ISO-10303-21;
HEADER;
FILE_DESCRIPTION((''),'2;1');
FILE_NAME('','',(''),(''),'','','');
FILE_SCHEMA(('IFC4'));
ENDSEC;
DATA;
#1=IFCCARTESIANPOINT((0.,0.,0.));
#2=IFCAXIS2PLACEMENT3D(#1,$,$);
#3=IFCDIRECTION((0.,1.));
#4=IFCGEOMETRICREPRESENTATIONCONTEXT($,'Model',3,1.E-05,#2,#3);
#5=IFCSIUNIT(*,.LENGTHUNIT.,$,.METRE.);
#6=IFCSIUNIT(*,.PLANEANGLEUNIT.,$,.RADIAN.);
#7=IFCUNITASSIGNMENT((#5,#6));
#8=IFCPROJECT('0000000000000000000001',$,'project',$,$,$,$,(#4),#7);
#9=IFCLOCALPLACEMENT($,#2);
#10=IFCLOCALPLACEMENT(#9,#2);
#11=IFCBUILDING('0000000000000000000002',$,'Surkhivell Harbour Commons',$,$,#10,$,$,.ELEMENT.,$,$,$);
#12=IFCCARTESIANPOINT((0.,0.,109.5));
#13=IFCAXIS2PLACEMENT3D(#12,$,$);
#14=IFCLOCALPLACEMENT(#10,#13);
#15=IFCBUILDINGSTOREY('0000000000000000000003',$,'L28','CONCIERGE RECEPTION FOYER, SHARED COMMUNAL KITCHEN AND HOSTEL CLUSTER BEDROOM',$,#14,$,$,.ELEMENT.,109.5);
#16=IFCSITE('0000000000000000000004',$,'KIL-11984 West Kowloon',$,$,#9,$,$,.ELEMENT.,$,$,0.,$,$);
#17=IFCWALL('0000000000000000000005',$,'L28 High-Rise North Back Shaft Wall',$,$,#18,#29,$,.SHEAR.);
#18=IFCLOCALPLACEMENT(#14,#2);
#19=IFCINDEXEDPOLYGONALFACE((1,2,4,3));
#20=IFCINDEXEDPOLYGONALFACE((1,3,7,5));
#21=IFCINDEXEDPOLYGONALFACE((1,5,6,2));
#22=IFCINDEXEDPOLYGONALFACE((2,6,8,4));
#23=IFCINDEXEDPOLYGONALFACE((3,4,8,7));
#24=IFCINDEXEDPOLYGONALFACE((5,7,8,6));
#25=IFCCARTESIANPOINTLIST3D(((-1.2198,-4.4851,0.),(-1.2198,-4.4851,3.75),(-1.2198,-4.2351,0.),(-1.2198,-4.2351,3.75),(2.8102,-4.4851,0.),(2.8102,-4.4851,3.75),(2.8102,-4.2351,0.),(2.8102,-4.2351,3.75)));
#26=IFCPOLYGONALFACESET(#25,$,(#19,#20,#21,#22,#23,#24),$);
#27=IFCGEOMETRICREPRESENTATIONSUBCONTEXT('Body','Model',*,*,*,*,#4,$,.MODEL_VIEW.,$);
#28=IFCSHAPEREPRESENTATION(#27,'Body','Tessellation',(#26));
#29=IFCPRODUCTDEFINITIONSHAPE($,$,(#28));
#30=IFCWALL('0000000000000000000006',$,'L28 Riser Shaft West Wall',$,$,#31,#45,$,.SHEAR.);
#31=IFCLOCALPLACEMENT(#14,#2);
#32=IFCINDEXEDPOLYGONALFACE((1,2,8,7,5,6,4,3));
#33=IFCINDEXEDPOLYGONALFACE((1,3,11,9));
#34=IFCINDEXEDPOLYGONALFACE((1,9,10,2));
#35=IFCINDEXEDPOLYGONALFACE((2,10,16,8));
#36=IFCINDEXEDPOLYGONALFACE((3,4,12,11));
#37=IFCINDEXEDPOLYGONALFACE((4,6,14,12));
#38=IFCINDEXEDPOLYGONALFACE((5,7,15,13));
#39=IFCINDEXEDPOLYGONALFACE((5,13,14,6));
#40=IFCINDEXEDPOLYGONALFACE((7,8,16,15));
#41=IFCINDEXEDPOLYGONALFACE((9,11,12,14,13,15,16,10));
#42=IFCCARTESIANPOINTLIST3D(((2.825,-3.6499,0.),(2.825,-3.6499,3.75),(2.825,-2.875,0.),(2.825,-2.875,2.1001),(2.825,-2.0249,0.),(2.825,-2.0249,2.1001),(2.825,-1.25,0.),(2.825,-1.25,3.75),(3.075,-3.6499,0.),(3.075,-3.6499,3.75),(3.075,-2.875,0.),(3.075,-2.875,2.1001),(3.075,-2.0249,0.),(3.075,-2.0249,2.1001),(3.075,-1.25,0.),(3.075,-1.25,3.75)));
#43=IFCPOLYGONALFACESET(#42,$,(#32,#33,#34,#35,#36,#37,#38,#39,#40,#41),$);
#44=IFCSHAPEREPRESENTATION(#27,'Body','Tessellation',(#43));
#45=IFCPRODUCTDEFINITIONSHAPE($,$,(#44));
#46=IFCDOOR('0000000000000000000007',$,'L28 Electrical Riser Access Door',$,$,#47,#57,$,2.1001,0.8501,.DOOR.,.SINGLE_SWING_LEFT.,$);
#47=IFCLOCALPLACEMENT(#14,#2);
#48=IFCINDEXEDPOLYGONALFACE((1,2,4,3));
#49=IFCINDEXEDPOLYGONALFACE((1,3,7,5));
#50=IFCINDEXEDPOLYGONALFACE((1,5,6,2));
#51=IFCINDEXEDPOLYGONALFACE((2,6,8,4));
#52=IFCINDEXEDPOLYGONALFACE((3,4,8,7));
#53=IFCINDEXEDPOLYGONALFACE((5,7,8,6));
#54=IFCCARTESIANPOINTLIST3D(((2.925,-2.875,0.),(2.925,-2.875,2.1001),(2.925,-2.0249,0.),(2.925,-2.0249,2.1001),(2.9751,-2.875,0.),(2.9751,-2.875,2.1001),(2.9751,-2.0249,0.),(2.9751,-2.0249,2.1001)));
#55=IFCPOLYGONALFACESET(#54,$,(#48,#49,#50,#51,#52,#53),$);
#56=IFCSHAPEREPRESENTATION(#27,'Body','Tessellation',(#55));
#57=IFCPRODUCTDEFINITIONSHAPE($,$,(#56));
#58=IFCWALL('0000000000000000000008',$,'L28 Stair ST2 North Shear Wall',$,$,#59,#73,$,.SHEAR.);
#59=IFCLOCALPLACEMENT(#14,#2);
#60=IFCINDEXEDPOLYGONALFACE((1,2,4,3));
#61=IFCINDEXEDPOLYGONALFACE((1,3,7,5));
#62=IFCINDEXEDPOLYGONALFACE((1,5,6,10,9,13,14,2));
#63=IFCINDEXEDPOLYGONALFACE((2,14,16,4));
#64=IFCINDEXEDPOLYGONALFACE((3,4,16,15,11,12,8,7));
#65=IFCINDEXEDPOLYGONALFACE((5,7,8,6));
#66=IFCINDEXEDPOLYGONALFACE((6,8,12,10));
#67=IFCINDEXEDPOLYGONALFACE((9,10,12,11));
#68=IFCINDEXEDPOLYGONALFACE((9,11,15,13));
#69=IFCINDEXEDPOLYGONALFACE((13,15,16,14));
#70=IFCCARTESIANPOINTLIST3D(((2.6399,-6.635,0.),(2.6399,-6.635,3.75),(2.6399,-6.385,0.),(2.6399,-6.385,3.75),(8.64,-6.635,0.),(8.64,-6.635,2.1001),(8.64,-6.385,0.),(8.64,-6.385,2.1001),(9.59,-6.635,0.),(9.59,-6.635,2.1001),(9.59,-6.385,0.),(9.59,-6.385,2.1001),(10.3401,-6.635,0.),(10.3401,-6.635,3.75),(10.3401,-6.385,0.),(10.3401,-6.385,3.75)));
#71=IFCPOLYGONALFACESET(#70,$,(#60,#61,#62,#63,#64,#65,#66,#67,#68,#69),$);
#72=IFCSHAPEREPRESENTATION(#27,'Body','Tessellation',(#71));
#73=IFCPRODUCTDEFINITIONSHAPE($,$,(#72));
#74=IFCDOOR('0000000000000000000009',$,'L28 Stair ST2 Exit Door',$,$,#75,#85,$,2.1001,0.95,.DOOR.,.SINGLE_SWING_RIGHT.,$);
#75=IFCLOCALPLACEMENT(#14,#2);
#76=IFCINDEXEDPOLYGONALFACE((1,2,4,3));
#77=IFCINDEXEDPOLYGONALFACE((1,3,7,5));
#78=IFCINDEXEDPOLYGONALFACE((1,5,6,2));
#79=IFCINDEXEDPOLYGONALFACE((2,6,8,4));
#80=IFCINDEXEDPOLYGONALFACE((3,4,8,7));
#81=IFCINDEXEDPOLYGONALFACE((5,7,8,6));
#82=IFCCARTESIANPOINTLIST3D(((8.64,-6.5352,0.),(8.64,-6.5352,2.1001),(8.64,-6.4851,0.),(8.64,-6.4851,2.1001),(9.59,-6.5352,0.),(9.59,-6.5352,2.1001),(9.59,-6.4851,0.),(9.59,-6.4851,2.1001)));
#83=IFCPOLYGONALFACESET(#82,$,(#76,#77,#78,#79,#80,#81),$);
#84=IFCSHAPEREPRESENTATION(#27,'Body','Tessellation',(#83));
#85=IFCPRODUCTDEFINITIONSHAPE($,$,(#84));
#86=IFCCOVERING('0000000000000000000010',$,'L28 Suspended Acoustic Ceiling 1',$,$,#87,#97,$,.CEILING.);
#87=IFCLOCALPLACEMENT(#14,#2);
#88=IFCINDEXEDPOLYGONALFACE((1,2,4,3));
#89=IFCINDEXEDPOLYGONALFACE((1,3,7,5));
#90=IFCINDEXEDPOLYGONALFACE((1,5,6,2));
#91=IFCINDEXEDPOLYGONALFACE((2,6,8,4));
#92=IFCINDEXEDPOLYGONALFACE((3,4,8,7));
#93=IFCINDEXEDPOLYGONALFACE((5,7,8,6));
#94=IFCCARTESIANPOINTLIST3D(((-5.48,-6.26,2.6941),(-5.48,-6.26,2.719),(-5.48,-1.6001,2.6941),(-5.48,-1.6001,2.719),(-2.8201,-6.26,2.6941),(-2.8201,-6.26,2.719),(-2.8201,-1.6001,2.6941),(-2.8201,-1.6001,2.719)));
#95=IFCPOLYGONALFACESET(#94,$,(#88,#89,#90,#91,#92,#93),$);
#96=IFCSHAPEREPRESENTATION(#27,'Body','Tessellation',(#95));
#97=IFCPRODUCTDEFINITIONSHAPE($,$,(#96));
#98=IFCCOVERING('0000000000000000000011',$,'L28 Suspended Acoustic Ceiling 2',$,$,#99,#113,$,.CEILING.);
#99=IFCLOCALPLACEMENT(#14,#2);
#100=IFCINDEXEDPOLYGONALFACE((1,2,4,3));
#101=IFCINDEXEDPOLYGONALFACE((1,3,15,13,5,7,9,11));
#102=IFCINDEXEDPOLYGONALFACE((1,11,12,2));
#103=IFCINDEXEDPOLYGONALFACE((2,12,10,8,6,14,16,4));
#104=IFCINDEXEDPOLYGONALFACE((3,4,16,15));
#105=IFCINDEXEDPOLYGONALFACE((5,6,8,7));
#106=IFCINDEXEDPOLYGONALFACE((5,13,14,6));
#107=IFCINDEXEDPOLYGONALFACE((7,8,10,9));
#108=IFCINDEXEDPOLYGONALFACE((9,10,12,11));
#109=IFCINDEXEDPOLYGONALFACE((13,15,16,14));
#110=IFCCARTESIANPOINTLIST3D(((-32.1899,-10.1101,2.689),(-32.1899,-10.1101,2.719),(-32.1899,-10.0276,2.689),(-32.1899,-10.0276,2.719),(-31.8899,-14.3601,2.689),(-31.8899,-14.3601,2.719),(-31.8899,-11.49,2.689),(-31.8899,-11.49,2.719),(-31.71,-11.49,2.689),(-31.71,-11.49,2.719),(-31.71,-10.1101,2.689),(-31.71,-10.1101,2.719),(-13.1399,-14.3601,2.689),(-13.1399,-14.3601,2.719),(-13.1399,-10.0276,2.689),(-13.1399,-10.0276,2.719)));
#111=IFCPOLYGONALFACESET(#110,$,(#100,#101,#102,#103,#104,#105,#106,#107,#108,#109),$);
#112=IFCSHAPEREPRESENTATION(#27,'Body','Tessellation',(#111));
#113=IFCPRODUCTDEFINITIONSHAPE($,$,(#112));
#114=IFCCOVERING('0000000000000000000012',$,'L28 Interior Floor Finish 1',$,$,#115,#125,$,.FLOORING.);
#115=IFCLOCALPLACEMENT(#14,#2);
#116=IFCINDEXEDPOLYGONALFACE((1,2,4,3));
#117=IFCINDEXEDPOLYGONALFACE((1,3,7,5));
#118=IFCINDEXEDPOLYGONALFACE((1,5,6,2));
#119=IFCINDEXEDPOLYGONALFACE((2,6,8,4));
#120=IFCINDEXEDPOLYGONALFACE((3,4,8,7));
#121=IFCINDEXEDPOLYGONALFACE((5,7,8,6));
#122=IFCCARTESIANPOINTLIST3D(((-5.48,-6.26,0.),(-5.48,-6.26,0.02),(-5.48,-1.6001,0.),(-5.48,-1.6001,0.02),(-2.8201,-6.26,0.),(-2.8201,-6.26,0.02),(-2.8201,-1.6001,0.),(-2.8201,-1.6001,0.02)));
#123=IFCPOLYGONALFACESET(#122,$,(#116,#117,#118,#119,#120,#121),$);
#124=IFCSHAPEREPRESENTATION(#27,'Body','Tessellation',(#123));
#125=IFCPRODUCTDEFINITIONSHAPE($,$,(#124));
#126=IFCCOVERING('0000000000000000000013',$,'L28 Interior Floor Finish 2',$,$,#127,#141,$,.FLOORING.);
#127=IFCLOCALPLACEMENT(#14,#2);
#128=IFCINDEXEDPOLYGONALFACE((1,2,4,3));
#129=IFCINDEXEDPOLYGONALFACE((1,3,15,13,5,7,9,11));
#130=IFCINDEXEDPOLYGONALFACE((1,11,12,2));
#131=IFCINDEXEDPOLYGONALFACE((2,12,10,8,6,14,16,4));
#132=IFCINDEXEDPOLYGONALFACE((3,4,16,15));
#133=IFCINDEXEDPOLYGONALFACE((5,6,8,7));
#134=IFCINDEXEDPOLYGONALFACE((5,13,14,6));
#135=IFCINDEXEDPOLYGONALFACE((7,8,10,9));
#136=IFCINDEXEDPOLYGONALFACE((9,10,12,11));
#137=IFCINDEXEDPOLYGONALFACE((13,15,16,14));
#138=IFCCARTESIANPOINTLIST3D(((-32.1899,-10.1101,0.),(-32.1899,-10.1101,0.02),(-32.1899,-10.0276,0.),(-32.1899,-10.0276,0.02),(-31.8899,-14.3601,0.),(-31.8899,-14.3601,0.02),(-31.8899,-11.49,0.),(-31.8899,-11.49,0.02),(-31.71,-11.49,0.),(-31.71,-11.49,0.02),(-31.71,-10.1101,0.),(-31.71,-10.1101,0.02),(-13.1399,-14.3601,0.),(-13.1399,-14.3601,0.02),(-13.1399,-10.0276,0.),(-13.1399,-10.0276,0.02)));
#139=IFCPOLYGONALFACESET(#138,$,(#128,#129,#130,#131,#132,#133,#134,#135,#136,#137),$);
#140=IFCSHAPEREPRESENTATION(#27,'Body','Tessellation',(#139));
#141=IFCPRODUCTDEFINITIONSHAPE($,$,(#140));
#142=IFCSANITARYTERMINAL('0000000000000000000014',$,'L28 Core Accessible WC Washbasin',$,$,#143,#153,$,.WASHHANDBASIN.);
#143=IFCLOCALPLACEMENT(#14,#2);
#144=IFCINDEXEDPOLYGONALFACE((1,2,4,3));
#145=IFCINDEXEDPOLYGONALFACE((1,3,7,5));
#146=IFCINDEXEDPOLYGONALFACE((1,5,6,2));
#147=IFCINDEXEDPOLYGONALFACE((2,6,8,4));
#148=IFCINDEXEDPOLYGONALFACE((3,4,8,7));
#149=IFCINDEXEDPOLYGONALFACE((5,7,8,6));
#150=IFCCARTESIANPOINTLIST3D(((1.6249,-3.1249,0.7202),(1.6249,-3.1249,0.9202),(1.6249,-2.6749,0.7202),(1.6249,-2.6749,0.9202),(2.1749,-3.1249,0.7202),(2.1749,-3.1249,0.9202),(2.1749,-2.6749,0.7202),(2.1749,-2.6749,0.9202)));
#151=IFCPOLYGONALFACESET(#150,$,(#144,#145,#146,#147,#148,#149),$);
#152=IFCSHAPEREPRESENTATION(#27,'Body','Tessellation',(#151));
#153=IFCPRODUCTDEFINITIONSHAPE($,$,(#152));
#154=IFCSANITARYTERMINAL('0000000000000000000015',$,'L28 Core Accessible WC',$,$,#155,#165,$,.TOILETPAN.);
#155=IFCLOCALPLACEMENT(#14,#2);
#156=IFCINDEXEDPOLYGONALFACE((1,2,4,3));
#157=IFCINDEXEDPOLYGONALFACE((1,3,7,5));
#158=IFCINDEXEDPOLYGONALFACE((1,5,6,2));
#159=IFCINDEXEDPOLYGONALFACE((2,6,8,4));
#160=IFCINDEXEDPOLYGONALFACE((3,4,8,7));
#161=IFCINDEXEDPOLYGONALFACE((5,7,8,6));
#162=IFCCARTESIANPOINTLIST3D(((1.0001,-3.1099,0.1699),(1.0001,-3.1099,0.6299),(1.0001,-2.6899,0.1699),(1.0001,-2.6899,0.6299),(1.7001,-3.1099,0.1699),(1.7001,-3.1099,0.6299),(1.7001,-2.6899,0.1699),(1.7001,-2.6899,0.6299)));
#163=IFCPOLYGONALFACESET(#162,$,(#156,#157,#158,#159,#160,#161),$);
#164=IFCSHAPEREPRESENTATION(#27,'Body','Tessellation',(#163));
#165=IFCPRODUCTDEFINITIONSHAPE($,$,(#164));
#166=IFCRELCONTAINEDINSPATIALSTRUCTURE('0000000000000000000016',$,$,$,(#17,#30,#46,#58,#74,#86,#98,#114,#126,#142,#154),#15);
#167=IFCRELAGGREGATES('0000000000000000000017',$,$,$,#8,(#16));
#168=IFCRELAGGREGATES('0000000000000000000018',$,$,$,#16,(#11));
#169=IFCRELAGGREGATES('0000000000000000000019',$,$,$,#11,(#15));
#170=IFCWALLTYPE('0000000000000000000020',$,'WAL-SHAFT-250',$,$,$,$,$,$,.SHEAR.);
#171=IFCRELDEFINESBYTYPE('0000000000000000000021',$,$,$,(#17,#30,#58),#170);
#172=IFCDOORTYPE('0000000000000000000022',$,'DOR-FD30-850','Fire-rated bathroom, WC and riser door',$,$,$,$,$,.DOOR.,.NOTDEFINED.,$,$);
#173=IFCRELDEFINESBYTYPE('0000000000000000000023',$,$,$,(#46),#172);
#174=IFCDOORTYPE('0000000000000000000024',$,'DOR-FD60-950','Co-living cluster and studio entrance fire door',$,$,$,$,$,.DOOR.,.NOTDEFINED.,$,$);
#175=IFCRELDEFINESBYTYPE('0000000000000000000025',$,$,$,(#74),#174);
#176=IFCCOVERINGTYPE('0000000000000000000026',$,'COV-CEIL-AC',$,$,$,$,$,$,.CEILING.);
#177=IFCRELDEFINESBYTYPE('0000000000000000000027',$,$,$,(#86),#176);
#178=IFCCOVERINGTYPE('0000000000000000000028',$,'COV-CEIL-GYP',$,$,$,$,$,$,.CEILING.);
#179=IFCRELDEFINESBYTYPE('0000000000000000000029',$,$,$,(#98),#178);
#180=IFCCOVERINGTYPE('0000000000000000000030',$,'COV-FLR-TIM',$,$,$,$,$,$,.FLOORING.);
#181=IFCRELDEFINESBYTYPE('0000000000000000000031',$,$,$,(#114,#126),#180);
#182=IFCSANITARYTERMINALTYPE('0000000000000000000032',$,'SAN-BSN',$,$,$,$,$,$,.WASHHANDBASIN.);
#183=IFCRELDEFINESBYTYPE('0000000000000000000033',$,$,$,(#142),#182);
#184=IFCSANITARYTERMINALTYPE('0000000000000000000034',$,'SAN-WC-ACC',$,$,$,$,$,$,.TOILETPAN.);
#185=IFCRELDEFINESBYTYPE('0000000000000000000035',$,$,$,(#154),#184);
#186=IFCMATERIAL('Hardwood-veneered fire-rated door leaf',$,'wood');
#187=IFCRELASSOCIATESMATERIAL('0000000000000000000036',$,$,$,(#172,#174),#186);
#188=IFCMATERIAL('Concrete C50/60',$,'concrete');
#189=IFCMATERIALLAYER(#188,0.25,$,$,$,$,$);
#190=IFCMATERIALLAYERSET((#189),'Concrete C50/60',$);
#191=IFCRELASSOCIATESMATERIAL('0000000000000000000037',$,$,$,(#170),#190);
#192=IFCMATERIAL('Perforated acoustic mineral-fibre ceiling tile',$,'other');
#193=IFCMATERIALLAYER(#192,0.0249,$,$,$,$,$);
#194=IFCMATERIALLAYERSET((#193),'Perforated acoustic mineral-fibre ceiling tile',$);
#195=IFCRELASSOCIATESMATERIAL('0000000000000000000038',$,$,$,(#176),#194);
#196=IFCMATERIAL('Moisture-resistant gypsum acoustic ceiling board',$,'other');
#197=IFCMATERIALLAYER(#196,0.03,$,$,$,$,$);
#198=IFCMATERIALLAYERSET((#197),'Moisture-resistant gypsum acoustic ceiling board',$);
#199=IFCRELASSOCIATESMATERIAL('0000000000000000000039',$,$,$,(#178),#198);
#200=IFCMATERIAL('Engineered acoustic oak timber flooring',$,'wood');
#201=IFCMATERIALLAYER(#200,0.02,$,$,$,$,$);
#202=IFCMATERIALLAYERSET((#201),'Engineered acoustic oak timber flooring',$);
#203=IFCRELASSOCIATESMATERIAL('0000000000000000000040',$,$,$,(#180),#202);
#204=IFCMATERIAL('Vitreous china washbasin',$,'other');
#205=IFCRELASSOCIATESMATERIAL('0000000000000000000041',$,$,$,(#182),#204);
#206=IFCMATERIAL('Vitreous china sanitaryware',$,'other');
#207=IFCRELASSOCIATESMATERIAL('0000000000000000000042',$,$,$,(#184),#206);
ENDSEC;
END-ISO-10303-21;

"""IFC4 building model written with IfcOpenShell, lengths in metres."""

from ifc_helpers import new_model, si_unit, direction, frame, frame_2d, origin, origin_2d, place, context, subcontext, project, spatial, polyline, rectangle, outline, extrude, material, layer, layer_set, type_object, element, fill, save


model = new_model("IFC4")

# Units and contexts
model_context = context("Model", 3, precision=1e-05, world=origin(), true_north=direction((0.0, 1.0)))
body_context = subcontext(model_context, "Body", "Model", "MODEL_VIEW")
ifc_project = project(units=[si_unit("LENGTHUNIT", "METRE"), si_unit("PLANEANGLEUNIT", "RADIAN")], contexts=[model_context])

# Site, building, storey
site_placement = place(None, origin())
site = spatial("IfcSite", under=ifc_project, at=site_placement, Name="KIL-11984 West Kowloon", CompositionType="ELEMENT", RefElevation=0.0)
building_placement = place(site_placement, origin())
building = spatial("IfcBuilding", under=site, at=building_placement, Name="Surkhivell Harbour Commons", CompositionType="ELEMENT")
storey_placement = place(building_placement, frame((0.0, 0.0, 109.5)))
storey = spatial("IfcBuildingStorey", under=building, at=storey_placement, Name="L28", Description="CONCIERGE RECEPTION FOYER, SHARED COMMUNAL KITCHEN AND HOSTEL CLUSTER BEDROOM", CompositionType="ELEMENT", Elevation=109.5)

# Shared definitions
ifc_material_1 = material(Name="Hardwood-veneered fire-rated door leaf", Category="wood")
door_type_1 = type_object("IfcDoorType", Name="DOR-FD30-850", Description="Fire-rated bathroom, WC and riser door", OperationType="NOTDEFINED", PredefinedType="DOOR", material=ifc_material_1)

# Wall
ifc_material_2 = material(Name="Concrete C50/60", Category="concrete")
ifc_layer_1 = layer(ifc_material_2, 0.25)
ifc_layer_set_1 = layer_set([ifc_layer_1], Name="Concrete C50/60")
wall_type_1 = type_object("IfcWallType", Name="WAL-SHAFT-250", PredefinedType="SHEAR", material=ifc_layer_set_1)
wall_1_placement = place(storey_placement, frame((-1.22, -4.3601, 0.0), z_axis=(0.0, 0.0, 1.0), x_axis=(1.0, 0.0, 0.0)))
element("IfcWall", 1, at=wall_1_placement, inside=storey, type_object=wall_type_1, Name="L28 High-Rise North Back Shaft Wall", PredefinedType="SHEAR", context=body_context, shape_type="SweptSolid", body=[
    extrude(rectangle(XDim=4.03, YDim=0.25, at=frame_2d((2.0151, 0.0))), origin(), (0.0, 0.0, 1.0), 3.75),
])

# Walls, openings, doors
wall_2_placement = place(storey_placement, frame((2.95, -3.6499, 0.0), z_axis=(0.0, 0.0, 1.0), x_axis=(0.0, 1.0, 0.0)))
wall_2 = element("IfcWall", 2, at=wall_2_placement, inside=storey, type_object=wall_type_1, Name="L28 Riser Shaft West Wall", PredefinedType="SHEAR", context=body_context, shape_type="SweptSolid", body=[
    extrude(rectangle(XDim=2.3999, YDim=0.25, at=frame_2d((1.2, 0.0))), origin(), (0.0, 0.0, 1.0), 3.75),
])
opening_1_placement = place(wall_2_placement, frame((0.7749, 0.0, 0.0)))
opening_1 = element("IfcOpeningElement", 3, at=opening_1_placement, cuts=wall_2, PredefinedType="OPENING", context=body_context, shape_type="SweptSolid", body=[
    extrude(rectangle(XDim=0.8501, YDim=2.1001, at=frame_2d((0.425, 1.05))), frame((0.0, 0.135, 0.0), z_axis=(0.0, -1.0, 0.0), x_axis=(1.0, 0.0, 0.0)), (0.0, 0.0, 1.0), 0.27),
])
door_1_placement = place(opening_1_placement, origin())
door_1 = element("IfcDoor", 4, at=door_1_placement, inside=storey, type_object=door_type_1, Name="L28 Electrical Riser Access Door", OperationType="SINGLE_SWING_LEFT", OverallHeight=2.1001, OverallWidth=0.8501, PredefinedType="DOOR", context=body_context, shape_type="SweptSolid", body=[
    extrude(rectangle(XDim=0.8501, YDim=2.1001, at=frame_2d((0.425, 1.05))), frame((0.0, 0.0249, 0.0), z_axis=(0.0, -1.0, 0.0), x_axis=(1.0, 0.0, 0.0)), (0.0, 0.0, 1.0), 0.05),
])
fill(opening_1, door_1)
wall_3_placement = place(storey_placement, frame((2.6399, -6.51, 0.0), z_axis=(0.0, 0.0, 1.0), x_axis=(1.0, 0.0, 0.0)))
wall_3 = element("IfcWall", 5, at=wall_3_placement, inside=storey, type_object=wall_type_1, Name="L28 Stair ST2 North Shear Wall", PredefinedType="SHEAR", context=body_context, shape_type="SweptSolid", body=[
    extrude(rectangle(XDim=7.7002, YDim=0.25, at=frame_2d((3.8501, 0.0))), origin(), (0.0, 0.0, 1.0), 3.75),
])
opening_2_placement = place(wall_3_placement, frame((6.0, 0.0, 0.0)))
opening_2 = element("IfcOpeningElement", 6, at=opening_2_placement, cuts=wall_3, PredefinedType="OPENING", context=body_context, shape_type="SweptSolid", body=[
    extrude(rectangle(XDim=0.95, YDim=2.1001, at=frame_2d((0.4751, 1.05))), frame((0.0, 0.135, 0.0), z_axis=(0.0, -1.0, 0.0), x_axis=(1.0, 0.0, 0.0)), (0.0, 0.0, 1.0), 0.27),
])
door_type_2 = type_object("IfcDoorType", Name="DOR-FD60-950", Description="Co-living cluster and studio entrance fire door", OperationType="NOTDEFINED", PredefinedType="DOOR", material=ifc_material_1)
door_2_placement = place(opening_2_placement, origin())
door_2 = element("IfcDoor", 7, at=door_2_placement, inside=storey, type_object=door_type_2, Name="L28 Stair ST2 Exit Door", OperationType="SINGLE_SWING_RIGHT", OverallHeight=2.1001, OverallWidth=0.95, PredefinedType="DOOR", context=body_context, shape_type="SweptSolid", body=[
    extrude(rectangle(XDim=0.95, YDim=2.1001, at=frame_2d((0.4751, 1.05))), frame((0.0, 0.0249, 0.0), z_axis=(0.0, -1.0, 0.0), x_axis=(1.0, 0.0, 0.0)), (0.0, 0.0, 1.0), 0.05),
])
fill(opening_2, door_2)

# Coverings
ifc_material_3 = material(Name="Perforated acoustic mineral-fibre ceiling tile", Category="other")
ifc_layer_2 = layer(ifc_material_3, 0.0249)
ifc_layer_set_2 = layer_set([ifc_layer_2], Name="Perforated acoustic mineral-fibre ceiling tile")
covering_type_1 = type_object("IfcCoveringType", Name="COV-CEIL-AC", PredefinedType="CEILING", material=ifc_layer_set_2)
covering_1_placement = place(storey_placement, frame((0.0, 0.0, 2.6941)))
element("IfcCovering", 8, at=covering_1_placement, inside=storey, type_object=covering_type_1, Name="L28 Suspended Acoustic Ceiling 1", PredefinedType="CEILING", context=body_context, shape_type="SweptSolid", body=[
    extrude(outline(polyline([(-5.48, -6.26), (-2.8201, -6.26), (-2.8201, -1.6001), (-5.48, -1.6001), (-5.48, -6.26)])), origin(), (0.0, 0.0, 1.0), 0.0249),
])
ifc_material_4 = material(Name="Moisture-resistant gypsum acoustic ceiling board", Category="other")
ifc_layer_3 = layer(ifc_material_4, 0.03)
ifc_layer_set_3 = layer_set([ifc_layer_3], Name="Moisture-resistant gypsum acoustic ceiling board")
covering_type_2 = type_object("IfcCoveringType", Name="COV-CEIL-GYP", PredefinedType="CEILING", material=ifc_layer_set_3)
covering_2_placement = place(storey_placement, frame((0.0, 0.0, 2.689)))
element("IfcCovering", 9, at=covering_2_placement, inside=storey, type_object=covering_type_2, Name="L28 Suspended Acoustic Ceiling 2", PredefinedType="CEILING", context=body_context, shape_type="SweptSolid", body=[
    extrude(outline(polyline([(-13.1399, -14.3601), (-13.1399, -10.0276), (-32.1899, -10.0276), (-32.1899, -10.1101), (-31.71, -10.1101), (-31.71, -11.49), (-31.8899, -11.49), (-31.8899, -14.3601), (-13.1399, -14.3601)])), origin(), (0.0, 0.0, 1.0), 0.03),
])
ifc_material_5 = material(Name="Engineered acoustic oak timber flooring", Category="wood")
ifc_layer_4 = layer(ifc_material_5, 0.02)
ifc_layer_set_4 = layer_set([ifc_layer_4], Name="Engineered acoustic oak timber flooring")
covering_type_3 = type_object("IfcCoveringType", Name="COV-FLR-TIM", PredefinedType="FLOORING", material=ifc_layer_set_4)
covering_3_placement = place(storey_placement, origin())
element("IfcCovering", 10, at=covering_3_placement, inside=storey, type_object=covering_type_3, Name="L28 Interior Floor Finish 1", PredefinedType="FLOORING", context=body_context, shape_type="SweptSolid", body=[
    extrude(outline(polyline([(-5.48, -6.26), (-2.8201, -6.26), (-2.8201, -1.6001), (-5.48, -1.6001), (-5.48, -6.26)])), origin(), (0.0, 0.0, 1.0), 0.02),
])
covering_4_placement = place(storey_placement, origin())
element("IfcCovering", 11, at=covering_4_placement, inside=storey, type_object=covering_type_3, Name="L28 Interior Floor Finish 2", PredefinedType="FLOORING", context=body_context, shape_type="SweptSolid", body=[
    extrude(outline(polyline([(-13.1399, -14.3601), (-13.1399, -10.0276), (-32.1899, -10.0276), (-32.1899, -10.1101), (-31.71, -10.1101), (-31.71, -11.49), (-31.8899, -11.49), (-31.8899, -14.3601), (-13.1399, -14.3601)])), origin(), (0.0, 0.0, 1.0), 0.02),
])

# Sanitary terminals
ifc_material_6 = material(Name="Vitreous china washbasin", Category="other")
sanitary_terminal_type_1 = type_object("IfcSanitaryTerminalType", Name="SAN-BSN", PredefinedType="WASHHANDBASIN", material=ifc_material_6)
sanitary_terminal_1_placement = place(storey_placement, frame((1.8999, -2.8999, 0.7202), z_axis=(0.0, 0.0, 1.0), x_axis=(1.0, 0.0, 0.0)))
element("IfcSanitaryTerminal", 12, at=sanitary_terminal_1_placement, inside=storey, type_object=sanitary_terminal_type_1, Name="L28 Core Accessible WC Washbasin", PredefinedType="WASHHANDBASIN", context=body_context, shape_type="SweptSolid", body=[
    extrude(rectangle(XDim=0.55, YDim=0.45, at=origin_2d()), origin(), (0.0, 0.0, 1.0), 0.2),
])
ifc_material_7 = material(Name="Vitreous china sanitaryware", Category="other")
sanitary_terminal_type_2 = type_object("IfcSanitaryTerminalType", Name="SAN-WC-ACC", PredefinedType="TOILETPAN", material=ifc_material_7)
sanitary_terminal_2_placement = place(storey_placement, frame((1.3501, -2.8999, 0.1699), z_axis=(0.0, 0.0, 1.0), x_axis=(1.0, 0.0, 0.0)))
element("IfcSanitaryTerminal", 13, at=sanitary_terminal_2_placement, inside=storey, type_object=sanitary_terminal_type_2, Name="L28 Core Accessible WC", PredefinedType="TOILETPAN", context=body_context, shape_type="SweptSolid", body=[
    extrude(rectangle(XDim=0.7, YDim=0.4199, at=origin_2d()), origin(), (0.0, 0.0, 1.0), 0.46),
])

save(model, "model.ifc")
